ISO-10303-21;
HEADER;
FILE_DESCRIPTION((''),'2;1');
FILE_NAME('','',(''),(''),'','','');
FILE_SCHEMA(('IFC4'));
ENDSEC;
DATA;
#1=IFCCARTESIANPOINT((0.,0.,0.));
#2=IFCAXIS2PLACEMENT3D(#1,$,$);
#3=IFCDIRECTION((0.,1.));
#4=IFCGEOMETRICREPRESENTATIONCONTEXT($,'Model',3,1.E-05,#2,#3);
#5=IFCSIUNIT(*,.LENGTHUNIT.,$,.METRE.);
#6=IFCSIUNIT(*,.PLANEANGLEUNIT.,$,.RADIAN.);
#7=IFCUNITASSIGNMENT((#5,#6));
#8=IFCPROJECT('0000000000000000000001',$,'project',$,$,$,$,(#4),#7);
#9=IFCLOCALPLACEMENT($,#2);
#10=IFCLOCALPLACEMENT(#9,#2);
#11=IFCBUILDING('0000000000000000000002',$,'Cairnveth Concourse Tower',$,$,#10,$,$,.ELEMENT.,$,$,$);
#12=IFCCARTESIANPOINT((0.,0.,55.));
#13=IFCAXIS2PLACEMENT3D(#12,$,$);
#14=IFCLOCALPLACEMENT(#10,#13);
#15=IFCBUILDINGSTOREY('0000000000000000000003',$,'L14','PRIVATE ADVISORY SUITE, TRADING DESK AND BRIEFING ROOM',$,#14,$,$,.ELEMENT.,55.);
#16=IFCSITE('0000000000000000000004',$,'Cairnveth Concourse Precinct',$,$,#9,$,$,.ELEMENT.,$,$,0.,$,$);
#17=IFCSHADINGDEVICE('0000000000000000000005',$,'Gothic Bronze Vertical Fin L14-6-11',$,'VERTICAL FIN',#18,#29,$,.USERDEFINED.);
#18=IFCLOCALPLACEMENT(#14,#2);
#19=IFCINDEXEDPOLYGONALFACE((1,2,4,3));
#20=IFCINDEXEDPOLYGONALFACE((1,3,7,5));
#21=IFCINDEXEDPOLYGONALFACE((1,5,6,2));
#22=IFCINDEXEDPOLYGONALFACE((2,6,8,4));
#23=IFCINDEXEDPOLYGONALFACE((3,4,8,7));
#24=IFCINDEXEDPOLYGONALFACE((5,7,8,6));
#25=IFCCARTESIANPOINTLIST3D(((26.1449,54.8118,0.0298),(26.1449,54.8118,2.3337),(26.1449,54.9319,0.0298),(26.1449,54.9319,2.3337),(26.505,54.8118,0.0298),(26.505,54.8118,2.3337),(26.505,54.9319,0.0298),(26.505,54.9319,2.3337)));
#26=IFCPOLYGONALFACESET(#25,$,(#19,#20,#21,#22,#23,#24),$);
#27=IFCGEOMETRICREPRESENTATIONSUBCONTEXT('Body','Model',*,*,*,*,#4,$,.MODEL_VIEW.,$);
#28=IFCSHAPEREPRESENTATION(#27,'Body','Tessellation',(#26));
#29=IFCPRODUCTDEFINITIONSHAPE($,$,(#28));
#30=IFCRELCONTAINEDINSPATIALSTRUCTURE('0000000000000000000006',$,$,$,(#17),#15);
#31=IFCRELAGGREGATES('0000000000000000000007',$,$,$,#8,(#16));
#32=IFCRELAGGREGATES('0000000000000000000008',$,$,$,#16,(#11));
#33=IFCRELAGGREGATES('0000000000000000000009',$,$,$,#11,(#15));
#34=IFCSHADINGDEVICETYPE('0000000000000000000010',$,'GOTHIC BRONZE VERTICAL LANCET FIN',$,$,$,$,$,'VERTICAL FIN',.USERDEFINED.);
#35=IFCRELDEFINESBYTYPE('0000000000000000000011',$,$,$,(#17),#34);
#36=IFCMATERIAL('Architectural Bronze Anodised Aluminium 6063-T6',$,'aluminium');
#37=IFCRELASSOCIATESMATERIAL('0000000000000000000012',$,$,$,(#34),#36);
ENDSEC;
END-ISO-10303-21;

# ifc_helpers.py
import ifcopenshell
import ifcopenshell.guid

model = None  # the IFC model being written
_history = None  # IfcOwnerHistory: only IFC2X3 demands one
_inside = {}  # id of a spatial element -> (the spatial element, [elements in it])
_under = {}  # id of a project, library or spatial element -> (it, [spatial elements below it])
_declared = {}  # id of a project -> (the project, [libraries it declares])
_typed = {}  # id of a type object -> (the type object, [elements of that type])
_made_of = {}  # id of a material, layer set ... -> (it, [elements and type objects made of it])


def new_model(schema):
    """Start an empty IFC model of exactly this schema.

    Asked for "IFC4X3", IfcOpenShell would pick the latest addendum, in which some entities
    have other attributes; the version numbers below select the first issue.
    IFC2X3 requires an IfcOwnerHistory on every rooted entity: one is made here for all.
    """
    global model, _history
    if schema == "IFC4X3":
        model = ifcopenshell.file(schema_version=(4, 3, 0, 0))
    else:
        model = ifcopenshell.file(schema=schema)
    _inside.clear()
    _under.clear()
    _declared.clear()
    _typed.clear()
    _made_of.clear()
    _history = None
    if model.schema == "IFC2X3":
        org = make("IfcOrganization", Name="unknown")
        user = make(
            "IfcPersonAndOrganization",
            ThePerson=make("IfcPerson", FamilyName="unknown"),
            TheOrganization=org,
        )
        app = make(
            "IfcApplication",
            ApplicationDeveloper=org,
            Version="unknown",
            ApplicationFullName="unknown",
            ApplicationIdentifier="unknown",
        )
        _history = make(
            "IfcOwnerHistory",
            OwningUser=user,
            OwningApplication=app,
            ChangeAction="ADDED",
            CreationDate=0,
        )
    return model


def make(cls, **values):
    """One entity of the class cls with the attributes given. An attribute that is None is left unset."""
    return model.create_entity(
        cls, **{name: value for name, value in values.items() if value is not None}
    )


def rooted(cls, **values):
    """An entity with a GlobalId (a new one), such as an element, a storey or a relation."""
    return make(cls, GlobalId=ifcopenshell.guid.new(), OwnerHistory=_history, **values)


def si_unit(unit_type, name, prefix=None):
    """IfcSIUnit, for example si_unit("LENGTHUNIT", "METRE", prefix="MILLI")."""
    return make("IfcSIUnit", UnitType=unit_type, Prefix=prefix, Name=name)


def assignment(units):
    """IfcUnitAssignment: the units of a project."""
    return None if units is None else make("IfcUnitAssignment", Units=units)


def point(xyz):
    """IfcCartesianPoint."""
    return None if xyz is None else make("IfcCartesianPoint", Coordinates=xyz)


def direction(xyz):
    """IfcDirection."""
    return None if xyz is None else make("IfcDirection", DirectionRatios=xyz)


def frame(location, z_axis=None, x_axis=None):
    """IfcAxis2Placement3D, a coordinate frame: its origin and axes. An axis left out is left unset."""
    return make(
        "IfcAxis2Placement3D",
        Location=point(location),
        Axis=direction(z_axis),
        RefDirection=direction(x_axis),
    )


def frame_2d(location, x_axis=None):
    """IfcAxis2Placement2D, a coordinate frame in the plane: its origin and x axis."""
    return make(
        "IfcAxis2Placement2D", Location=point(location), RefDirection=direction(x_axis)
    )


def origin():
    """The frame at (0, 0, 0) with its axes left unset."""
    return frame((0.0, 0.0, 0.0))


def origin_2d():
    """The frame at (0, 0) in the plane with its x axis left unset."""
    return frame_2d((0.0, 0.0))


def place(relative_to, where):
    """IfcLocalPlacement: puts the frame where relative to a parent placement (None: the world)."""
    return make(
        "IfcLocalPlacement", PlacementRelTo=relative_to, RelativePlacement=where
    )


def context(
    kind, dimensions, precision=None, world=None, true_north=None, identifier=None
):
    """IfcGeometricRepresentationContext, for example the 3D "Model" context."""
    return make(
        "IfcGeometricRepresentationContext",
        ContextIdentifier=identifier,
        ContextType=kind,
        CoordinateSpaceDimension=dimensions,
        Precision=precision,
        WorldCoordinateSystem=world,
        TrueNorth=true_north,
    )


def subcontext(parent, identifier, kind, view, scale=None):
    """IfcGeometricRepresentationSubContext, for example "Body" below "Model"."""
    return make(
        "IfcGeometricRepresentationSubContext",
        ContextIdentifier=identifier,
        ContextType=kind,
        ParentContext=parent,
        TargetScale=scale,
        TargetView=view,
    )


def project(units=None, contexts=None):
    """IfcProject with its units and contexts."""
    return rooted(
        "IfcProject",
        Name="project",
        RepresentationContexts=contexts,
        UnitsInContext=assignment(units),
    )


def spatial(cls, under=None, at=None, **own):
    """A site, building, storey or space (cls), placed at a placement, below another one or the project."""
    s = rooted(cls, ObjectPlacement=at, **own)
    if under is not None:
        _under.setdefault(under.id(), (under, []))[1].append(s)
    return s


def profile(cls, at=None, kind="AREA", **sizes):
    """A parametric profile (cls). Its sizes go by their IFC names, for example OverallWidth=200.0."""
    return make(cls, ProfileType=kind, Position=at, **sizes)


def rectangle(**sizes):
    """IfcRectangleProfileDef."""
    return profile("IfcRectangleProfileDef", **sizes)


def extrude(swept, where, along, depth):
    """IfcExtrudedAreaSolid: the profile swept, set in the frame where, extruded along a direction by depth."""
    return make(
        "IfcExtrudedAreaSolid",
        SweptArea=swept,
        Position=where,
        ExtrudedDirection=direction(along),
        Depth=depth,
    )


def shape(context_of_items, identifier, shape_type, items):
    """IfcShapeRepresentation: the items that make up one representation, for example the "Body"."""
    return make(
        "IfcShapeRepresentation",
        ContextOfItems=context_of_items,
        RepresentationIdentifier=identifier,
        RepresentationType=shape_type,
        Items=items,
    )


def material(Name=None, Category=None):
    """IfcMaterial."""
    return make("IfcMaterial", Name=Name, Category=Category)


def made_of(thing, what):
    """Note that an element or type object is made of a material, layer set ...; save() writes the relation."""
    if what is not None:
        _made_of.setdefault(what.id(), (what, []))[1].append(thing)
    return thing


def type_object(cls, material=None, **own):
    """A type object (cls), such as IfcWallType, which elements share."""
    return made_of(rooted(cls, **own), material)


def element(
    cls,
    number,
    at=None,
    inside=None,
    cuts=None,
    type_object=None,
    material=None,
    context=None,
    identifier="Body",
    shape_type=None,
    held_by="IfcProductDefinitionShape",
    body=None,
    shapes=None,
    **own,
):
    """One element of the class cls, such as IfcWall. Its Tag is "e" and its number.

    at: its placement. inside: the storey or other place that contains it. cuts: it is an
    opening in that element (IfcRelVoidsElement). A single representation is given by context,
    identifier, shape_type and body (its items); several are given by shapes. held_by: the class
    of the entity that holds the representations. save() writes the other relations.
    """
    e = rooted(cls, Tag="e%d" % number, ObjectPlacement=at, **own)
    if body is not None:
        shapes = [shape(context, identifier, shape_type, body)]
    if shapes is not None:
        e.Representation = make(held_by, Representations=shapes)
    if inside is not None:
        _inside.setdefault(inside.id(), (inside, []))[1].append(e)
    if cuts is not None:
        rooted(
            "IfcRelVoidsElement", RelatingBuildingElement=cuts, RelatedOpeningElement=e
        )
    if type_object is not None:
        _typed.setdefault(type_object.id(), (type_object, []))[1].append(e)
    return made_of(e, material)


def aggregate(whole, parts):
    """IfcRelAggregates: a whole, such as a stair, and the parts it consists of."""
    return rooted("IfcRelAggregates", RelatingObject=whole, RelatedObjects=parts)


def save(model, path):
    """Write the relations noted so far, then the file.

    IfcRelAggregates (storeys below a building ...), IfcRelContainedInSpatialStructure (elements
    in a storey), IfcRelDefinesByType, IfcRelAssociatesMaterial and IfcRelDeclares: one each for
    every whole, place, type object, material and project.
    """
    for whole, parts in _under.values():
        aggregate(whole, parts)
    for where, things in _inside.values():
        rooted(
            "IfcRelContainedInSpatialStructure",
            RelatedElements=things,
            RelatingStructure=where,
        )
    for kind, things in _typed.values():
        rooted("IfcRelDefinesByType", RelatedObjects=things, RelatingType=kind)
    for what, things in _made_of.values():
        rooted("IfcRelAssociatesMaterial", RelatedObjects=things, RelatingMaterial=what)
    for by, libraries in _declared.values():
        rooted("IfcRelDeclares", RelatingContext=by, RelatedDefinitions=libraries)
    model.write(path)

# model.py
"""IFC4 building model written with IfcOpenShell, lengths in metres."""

from ifc_helpers import new_model, si_unit, direction, frame, origin, origin_2d, place, context, subcontext, project, spatial, rectangle, extrude, material, type_object, element, save


model = new_model("IFC4")

# Units and contexts
model_context = context("Model", 3, precision=1e-05, world=origin(), true_north=direction((0.0, 1.0)))
body_context = subcontext(model_context, "Body", "Model", "MODEL_VIEW")
ifc_project = project(units=[si_unit("LENGTHUNIT", "METRE"), si_unit("PLANEANGLEUNIT", "RADIAN")], contexts=[model_context])

# Site, building, storey
site_placement = place(None, origin())
site = spatial("IfcSite", under=ifc_project, at=site_placement, Name="Cairnveth Concourse Precinct", CompositionType="ELEMENT", RefElevation=0.0)
building_placement = place(site_placement, origin())
building = spatial("IfcBuilding", under=site, at=building_placement, Name="Cairnveth Concourse Tower", CompositionType="ELEMENT")
storey_placement = place(building_placement, frame((0.0, 0.0, 55.0)))
storey = spatial("IfcBuildingStorey", under=building, at=storey_placement, Name="L14", Description="PRIVATE ADVISORY SUITE, TRADING DESK AND BRIEFING ROOM", CompositionType="ELEMENT", Elevation=55.0)

# Shading device
ifc_material_1 = material(Name="Architectural Bronze Anodised Aluminium 6063-T6", Category="aluminium")
shading_device_type = type_object("IfcShadingDeviceType", Name="GOTHIC BRONZE VERTICAL LANCET FIN", ElementType="VERTICAL FIN", PredefinedType="USERDEFINED", material=ifc_material_1)
for number, where, z_axis, x_axis, name in (
    (1, (26.325, 54.8718, 0.0298), (0.0, 0.0, 1.0), (0.0, 1.0, 0.0), "Gothic Bronze Vertical Fin L14-6-11"),
):
    element("IfcShadingDevice", number, at=place(storey_placement, frame(where, z_axis=z_axis, x_axis=x_axis)), inside=storey, type_object=shading_device_type, Name=name, ObjectType="VERTICAL FIN", PredefinedType="USERDEFINED", context=body_context, shape_type="SweptSolid", body=[
        extrude(rectangle(XDim=0.1201, YDim=0.3601, at=origin_2d()), origin(), (0.0, 0.0, 1.0), 2.304),
    ])

save(model, "model.ifc")
